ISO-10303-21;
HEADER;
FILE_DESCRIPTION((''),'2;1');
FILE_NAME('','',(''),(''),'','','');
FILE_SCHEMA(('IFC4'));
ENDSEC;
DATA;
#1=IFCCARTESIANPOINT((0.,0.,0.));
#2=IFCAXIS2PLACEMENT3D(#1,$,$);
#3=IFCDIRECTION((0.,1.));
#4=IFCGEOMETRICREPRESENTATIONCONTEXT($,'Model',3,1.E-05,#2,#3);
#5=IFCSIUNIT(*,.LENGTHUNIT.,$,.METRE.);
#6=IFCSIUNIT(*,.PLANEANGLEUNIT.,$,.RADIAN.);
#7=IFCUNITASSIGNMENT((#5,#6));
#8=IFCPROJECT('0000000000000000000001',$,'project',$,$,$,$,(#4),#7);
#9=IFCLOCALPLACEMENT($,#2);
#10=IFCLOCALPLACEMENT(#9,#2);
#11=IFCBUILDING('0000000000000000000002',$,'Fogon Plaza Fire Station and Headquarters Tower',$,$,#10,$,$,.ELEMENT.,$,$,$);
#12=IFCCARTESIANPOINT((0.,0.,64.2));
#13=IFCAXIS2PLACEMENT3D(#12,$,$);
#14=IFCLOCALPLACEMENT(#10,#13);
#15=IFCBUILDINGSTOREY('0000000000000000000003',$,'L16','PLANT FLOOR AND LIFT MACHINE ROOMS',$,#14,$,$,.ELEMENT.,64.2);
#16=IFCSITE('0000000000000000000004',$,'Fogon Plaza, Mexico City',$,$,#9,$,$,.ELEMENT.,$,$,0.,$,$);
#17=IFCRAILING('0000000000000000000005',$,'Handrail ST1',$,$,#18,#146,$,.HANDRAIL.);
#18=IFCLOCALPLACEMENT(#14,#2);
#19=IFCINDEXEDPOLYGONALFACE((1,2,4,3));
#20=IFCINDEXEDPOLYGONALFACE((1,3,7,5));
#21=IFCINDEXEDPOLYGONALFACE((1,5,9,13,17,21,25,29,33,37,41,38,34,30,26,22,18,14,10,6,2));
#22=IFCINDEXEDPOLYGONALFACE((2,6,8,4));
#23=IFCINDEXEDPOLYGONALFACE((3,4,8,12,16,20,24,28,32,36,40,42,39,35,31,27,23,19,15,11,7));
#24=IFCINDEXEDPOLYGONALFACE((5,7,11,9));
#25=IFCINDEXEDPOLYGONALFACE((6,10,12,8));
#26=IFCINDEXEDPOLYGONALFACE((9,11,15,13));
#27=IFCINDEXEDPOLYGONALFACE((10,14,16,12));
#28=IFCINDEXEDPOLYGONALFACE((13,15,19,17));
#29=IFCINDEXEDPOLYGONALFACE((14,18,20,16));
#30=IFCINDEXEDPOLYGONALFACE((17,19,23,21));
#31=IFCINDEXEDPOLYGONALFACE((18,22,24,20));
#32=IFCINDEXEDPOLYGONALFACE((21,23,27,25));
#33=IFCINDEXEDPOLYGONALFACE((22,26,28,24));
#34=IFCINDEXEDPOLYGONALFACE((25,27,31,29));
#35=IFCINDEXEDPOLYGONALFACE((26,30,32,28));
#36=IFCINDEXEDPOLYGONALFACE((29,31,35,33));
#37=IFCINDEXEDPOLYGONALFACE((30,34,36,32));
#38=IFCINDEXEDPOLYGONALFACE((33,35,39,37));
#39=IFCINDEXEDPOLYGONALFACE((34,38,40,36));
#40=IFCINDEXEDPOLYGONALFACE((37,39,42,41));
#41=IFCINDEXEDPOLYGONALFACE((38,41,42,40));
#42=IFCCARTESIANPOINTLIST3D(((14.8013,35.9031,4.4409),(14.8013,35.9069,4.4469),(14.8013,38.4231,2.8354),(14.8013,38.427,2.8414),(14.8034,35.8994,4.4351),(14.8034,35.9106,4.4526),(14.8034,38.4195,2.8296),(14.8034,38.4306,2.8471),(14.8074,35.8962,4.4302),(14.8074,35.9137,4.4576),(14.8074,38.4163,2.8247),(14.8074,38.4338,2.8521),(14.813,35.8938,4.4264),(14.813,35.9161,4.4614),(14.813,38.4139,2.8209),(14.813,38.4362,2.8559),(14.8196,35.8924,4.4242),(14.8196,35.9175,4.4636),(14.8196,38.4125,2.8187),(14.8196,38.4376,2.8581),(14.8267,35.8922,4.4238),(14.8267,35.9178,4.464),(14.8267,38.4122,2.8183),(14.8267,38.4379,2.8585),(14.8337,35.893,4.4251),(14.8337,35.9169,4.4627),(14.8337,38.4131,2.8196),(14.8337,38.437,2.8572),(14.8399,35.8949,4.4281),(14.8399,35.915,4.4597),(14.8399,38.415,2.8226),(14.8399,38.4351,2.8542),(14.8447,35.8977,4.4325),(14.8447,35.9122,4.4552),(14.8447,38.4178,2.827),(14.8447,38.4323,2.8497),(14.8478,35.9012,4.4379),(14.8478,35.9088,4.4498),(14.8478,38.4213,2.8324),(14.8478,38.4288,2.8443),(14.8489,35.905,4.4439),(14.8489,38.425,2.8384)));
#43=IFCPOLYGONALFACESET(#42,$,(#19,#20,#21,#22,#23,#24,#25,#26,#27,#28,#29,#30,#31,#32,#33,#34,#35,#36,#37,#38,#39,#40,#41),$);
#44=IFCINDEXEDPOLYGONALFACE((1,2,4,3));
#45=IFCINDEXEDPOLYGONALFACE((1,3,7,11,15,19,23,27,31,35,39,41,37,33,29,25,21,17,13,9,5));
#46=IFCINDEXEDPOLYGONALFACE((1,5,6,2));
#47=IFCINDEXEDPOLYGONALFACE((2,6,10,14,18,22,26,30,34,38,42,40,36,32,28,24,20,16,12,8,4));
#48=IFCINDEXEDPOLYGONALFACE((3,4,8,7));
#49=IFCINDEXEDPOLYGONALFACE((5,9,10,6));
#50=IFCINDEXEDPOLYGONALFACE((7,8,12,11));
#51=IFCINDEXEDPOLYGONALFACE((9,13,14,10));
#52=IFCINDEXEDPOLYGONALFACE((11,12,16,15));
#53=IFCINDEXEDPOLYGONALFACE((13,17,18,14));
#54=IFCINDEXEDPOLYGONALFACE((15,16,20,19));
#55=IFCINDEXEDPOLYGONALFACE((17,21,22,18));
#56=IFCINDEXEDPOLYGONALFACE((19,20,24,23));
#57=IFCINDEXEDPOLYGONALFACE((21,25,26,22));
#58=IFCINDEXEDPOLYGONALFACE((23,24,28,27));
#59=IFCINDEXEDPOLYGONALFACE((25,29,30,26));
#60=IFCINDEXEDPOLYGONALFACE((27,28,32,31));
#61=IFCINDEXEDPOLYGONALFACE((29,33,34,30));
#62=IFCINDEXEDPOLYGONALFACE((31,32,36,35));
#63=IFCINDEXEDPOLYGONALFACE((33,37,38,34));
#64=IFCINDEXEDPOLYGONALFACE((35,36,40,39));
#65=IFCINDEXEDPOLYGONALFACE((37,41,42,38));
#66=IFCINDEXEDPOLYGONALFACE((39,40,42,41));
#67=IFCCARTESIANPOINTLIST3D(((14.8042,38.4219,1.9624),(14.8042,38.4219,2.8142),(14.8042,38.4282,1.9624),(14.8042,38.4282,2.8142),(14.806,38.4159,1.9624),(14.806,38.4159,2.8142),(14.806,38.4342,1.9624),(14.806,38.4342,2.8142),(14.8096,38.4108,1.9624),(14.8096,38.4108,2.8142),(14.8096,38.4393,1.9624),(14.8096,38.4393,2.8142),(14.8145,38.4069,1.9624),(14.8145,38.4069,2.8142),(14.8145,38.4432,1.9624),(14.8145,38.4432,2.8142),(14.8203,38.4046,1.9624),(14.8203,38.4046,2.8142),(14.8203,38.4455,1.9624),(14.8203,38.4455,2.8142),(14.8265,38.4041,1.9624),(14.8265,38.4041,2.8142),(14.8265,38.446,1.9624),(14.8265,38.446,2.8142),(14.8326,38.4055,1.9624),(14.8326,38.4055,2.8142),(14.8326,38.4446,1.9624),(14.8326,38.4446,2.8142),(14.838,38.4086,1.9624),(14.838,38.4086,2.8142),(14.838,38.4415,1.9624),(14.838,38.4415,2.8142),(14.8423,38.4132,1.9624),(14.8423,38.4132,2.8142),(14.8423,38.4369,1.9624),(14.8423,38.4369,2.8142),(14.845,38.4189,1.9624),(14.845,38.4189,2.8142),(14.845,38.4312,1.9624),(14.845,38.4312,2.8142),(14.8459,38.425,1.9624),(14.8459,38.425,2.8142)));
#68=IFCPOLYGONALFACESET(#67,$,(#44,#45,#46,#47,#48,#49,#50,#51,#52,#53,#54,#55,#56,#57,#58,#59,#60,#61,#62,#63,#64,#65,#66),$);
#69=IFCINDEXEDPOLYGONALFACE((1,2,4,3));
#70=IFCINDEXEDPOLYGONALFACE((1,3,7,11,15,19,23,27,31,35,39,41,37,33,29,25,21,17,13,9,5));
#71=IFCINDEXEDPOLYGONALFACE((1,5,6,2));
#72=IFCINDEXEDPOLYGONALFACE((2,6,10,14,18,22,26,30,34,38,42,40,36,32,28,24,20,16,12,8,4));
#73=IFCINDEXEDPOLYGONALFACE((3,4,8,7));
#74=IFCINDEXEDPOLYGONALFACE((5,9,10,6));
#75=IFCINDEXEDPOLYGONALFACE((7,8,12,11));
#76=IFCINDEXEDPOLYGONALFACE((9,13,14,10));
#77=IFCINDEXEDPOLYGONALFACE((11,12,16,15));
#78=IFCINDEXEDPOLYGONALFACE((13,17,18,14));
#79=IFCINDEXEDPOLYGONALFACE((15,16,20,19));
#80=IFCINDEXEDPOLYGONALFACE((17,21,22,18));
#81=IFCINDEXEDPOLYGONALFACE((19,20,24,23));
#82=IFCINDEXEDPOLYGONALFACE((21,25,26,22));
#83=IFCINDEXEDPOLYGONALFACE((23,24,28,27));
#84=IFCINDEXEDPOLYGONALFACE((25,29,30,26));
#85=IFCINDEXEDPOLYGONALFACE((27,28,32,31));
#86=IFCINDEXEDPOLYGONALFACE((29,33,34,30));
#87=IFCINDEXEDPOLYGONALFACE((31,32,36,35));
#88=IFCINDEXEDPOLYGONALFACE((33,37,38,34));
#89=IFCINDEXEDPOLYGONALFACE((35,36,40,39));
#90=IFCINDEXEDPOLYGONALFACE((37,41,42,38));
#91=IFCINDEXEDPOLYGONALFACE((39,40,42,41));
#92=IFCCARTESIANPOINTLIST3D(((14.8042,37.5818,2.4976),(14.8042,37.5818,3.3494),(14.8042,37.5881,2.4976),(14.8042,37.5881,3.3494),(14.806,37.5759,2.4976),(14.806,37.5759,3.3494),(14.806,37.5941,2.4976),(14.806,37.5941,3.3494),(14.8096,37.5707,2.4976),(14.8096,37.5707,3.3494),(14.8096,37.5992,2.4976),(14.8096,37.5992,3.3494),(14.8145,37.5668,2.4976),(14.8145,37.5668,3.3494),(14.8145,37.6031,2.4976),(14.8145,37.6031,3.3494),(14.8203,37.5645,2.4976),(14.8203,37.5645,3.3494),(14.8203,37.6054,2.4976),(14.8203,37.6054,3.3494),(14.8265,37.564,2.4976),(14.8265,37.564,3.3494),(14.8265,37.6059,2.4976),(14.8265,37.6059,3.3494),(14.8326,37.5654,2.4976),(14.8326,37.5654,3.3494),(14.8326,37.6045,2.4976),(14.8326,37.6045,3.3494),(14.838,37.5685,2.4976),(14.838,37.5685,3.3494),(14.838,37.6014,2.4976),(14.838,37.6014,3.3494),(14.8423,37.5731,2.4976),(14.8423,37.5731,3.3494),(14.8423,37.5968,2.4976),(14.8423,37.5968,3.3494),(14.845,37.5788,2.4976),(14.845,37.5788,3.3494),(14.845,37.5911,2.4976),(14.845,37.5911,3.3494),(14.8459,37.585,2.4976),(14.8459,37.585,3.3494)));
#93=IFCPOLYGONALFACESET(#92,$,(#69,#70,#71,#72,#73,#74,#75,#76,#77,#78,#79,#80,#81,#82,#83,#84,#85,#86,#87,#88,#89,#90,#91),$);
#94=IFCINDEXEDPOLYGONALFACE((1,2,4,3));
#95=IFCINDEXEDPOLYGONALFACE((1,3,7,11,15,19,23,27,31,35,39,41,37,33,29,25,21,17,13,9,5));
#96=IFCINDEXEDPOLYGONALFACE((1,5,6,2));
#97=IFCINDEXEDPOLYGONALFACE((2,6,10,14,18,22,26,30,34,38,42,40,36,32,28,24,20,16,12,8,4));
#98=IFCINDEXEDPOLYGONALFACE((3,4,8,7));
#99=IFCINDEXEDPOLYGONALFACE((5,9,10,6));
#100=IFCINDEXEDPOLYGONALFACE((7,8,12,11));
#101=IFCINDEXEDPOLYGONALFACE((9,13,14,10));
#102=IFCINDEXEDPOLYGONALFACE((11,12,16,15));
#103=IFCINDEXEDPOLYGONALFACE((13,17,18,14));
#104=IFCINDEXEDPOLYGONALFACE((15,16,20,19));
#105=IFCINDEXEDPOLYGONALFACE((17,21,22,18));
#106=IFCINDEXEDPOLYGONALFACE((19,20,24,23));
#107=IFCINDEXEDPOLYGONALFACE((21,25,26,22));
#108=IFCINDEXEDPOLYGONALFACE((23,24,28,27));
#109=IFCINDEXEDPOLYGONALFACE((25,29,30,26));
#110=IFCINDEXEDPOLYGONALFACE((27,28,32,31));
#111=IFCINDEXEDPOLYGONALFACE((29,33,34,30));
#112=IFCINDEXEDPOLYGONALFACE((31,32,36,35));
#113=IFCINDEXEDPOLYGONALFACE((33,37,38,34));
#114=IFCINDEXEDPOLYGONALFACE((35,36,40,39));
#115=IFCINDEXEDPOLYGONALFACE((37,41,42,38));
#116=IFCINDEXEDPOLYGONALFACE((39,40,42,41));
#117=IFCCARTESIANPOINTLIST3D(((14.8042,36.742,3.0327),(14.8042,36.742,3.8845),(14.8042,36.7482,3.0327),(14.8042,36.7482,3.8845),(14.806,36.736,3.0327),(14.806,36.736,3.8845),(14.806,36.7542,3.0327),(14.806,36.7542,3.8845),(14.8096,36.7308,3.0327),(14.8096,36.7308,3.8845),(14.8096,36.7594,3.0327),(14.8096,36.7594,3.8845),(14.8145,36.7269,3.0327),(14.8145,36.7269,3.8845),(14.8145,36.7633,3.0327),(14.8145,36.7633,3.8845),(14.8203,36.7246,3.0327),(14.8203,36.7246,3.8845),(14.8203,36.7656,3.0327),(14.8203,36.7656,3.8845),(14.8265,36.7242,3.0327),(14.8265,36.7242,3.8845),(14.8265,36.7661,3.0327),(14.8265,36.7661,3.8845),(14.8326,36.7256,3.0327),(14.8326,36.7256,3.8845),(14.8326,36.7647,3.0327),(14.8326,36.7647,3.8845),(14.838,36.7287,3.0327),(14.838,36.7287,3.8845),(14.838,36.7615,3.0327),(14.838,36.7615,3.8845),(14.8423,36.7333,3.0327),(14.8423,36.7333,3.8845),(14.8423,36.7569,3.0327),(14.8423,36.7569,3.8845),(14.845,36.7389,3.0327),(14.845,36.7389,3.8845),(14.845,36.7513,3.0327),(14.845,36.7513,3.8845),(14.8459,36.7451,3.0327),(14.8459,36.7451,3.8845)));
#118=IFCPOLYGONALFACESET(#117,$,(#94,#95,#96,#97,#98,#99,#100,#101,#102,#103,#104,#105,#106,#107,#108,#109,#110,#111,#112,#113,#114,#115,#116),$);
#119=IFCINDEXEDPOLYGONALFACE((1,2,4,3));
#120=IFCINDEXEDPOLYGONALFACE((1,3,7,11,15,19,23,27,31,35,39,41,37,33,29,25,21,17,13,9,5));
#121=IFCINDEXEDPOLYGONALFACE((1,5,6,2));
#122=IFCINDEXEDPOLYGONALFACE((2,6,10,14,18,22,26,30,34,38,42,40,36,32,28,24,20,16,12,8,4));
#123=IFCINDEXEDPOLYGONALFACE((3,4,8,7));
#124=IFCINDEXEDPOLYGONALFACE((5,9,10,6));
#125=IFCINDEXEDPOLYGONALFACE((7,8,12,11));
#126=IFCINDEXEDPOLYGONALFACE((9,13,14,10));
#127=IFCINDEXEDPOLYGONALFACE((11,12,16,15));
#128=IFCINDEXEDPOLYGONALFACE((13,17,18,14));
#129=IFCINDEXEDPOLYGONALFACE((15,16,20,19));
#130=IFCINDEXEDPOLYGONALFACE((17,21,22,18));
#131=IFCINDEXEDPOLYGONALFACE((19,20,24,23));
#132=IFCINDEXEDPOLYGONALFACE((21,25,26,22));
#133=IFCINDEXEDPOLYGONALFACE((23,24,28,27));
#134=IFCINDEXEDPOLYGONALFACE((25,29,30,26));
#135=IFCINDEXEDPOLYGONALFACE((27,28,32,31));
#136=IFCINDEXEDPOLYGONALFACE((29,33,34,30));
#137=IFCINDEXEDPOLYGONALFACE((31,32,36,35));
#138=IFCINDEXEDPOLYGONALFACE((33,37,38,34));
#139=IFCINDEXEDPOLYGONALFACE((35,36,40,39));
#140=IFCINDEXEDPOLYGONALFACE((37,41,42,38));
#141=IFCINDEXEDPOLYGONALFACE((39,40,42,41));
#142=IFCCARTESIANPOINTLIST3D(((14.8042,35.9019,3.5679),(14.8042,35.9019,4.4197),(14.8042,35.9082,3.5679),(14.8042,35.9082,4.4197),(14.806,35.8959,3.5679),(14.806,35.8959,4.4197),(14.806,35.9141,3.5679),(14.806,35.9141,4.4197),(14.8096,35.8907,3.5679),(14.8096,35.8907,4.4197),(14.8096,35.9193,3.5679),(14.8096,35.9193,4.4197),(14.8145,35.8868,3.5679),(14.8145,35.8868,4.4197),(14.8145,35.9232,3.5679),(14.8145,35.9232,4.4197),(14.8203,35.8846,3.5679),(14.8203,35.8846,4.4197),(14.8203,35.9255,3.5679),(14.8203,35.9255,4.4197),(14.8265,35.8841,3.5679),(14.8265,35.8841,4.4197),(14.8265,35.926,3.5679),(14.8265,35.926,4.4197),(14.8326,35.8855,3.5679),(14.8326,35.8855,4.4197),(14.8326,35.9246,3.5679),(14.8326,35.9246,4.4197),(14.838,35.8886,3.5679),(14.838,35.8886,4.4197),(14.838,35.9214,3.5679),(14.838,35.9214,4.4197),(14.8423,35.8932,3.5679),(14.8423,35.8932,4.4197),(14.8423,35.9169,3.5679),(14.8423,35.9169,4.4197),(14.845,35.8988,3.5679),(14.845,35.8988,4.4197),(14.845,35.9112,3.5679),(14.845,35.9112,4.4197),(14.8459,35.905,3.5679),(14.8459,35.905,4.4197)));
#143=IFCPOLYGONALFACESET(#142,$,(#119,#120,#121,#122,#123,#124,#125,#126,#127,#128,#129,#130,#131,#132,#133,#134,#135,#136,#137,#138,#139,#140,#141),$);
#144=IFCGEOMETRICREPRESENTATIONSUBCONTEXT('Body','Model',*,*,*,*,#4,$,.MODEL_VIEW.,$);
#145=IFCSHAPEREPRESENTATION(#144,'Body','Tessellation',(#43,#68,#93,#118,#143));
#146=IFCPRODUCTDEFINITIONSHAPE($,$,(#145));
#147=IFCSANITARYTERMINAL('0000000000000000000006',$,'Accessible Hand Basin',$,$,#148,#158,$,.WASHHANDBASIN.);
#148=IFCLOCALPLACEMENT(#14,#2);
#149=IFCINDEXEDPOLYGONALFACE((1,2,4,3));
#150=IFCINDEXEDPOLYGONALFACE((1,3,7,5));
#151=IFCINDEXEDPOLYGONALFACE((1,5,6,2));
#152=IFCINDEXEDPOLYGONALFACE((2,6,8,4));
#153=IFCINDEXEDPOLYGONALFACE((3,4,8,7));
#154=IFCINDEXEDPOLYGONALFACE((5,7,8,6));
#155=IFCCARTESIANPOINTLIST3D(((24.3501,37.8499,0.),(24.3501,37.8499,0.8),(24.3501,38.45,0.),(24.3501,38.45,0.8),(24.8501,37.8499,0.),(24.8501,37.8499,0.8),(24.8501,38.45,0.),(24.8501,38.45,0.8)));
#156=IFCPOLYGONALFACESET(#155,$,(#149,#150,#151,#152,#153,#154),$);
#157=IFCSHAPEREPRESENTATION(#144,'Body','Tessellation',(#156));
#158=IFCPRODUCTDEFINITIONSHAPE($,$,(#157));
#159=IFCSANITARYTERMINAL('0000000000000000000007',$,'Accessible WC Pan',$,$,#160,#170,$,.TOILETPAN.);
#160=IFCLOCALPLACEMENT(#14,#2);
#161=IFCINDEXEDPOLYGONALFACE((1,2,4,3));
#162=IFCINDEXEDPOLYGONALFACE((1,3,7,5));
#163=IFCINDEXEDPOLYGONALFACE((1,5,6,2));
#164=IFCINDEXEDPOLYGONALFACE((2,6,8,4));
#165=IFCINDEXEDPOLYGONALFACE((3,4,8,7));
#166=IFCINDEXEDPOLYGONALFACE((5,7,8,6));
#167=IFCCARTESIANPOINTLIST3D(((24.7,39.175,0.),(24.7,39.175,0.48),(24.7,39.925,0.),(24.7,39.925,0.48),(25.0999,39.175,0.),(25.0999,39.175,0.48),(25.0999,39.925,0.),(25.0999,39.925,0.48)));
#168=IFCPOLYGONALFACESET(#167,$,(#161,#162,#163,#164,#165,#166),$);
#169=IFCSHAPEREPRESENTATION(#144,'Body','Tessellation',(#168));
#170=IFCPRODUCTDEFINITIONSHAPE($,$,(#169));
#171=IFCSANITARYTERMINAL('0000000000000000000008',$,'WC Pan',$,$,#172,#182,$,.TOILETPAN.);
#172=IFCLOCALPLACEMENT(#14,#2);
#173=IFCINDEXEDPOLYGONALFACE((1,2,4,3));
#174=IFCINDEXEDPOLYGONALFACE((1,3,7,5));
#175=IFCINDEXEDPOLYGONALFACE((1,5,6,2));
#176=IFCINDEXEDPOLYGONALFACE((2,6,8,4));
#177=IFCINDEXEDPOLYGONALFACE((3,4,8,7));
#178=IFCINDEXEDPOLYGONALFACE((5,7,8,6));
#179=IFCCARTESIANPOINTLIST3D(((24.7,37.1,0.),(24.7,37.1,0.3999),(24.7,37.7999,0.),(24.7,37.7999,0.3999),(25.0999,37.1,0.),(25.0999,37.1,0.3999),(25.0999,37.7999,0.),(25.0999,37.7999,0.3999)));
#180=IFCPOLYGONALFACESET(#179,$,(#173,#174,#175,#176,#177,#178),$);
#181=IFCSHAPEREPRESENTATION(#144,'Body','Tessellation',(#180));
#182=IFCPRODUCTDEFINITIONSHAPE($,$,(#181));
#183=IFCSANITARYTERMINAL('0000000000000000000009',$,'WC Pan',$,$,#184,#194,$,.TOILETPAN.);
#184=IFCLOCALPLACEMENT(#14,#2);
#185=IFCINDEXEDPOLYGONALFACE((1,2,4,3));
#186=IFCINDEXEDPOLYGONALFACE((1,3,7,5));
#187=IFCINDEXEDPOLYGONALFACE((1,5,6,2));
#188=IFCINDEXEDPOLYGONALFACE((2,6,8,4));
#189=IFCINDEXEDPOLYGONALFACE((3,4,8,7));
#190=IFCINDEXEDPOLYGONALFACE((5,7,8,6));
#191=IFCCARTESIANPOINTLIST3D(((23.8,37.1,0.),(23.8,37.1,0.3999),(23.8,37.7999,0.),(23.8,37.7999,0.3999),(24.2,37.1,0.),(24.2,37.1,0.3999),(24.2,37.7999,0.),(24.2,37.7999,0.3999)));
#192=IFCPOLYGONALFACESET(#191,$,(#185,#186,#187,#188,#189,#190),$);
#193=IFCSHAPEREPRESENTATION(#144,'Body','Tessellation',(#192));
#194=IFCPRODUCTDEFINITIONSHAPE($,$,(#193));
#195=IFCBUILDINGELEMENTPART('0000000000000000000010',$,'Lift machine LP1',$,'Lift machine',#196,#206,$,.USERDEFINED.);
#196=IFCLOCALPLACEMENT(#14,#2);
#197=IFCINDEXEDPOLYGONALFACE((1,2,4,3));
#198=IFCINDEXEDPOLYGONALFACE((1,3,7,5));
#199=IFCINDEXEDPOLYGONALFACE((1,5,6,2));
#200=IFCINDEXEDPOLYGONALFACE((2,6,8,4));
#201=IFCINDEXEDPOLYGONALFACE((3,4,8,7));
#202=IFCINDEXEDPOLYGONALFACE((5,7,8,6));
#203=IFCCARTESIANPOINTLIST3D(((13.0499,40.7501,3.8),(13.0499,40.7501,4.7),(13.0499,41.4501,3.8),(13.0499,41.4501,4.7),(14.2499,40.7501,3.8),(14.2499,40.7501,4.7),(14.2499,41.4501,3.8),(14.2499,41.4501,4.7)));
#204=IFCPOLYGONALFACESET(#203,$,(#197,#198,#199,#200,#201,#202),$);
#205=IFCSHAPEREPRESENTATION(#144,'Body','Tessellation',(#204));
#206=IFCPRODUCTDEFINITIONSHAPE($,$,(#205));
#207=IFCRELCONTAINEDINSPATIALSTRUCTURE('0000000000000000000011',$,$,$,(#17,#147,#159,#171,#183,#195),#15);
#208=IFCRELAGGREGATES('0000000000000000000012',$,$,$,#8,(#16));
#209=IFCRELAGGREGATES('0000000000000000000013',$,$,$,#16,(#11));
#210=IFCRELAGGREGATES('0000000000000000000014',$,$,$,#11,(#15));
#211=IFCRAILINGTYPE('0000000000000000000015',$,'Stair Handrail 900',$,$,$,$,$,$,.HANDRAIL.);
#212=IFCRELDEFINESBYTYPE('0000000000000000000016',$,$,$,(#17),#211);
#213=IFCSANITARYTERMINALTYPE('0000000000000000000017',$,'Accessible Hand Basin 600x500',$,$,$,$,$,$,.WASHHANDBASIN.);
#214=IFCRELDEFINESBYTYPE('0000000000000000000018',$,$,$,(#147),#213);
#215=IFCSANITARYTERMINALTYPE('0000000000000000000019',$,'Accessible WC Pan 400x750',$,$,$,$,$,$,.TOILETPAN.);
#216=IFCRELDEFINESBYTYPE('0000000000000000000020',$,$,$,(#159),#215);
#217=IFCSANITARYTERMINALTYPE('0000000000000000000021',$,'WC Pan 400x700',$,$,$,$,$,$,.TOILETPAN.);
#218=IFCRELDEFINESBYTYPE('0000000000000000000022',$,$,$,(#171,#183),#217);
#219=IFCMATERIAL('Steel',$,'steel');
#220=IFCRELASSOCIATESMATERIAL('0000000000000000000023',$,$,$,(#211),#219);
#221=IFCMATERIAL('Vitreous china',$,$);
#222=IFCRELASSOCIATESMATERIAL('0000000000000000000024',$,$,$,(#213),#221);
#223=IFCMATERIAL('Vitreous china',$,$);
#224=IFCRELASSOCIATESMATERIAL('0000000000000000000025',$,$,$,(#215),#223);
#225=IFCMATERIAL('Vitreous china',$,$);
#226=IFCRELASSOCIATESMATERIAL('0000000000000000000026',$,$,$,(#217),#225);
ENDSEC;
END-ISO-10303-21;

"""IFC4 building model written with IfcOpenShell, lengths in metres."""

from ifc_helpers import new_model, si_unit, direction, frame, origin, origin_2d, place, context, subcontext, project, spatial, rectangle, circle, extrude, material, type_object, element, save


model = new_model("IFC4")

# Units and contexts
model_context = context("Model", 3, precision=1e-05, world=origin(), true_north=direction((0.0, 1.0)))
body_context = subcontext(model_context, "Body", "Model", "MODEL_VIEW")
ifc_project = project(units=[si_unit("LENGTHUNIT", "METRE"), si_unit("PLANEANGLEUNIT", "RADIAN")], contexts=[model_context])

# Site, building, storey
site_placement = place(None, origin())
site = spatial("IfcSite", under=ifc_project, at=site_placement, Name="Fogon Plaza, Mexico City", CompositionType="ELEMENT", RefElevation=0.0)
building_placement = place(site_placement, origin())
building = spatial("IfcBuilding", under=site, at=building_placement, Name="Fogon Plaza Fire Station and Headquarters Tower", CompositionType="ELEMENT")
storey_placement = place(building_placement, frame((0.0, 0.0, 64.2)))
storey = spatial("IfcBuildingStorey", under=building, at=storey_placement, Name="L16", Description="PLANT FLOOR AND LIFT MACHINE ROOMS", CompositionType="ELEMENT", Elevation=64.2)

# Railing
ifc_material_1 = material(Name="Steel", Category="steel")
railing_type = type_object("IfcRailingType", Name="Stair Handrail 900", PredefinedType="HANDRAIL", material=ifc_material_1)
for number, where, name in (
    (1, (14.825, 38.425, 1.9624), "Handrail ST1"),
):
    element("IfcRailing", number, at=place(storey_placement, frame(where)), inside=storey, type_object=railing_type, Name=name, PredefinedType="HANDRAIL", context=body_context, shape_type="SweptSolid", body=[
        extrude(circle(Radius=0.0239, at=origin_2d()), frame((0.0, 0.0, 0.876), z_axis=(0.0, -0.843385, 0.537309), x_axis=(1.0, 0.0, 0.0)), (0.0, 0.0, 1.0), 2.988),
        extrude(circle(Radius=0.021, at=origin_2d()), origin(), (0.0, 0.0, 1.0), 0.8518),
        extrude(circle(Radius=0.021, at=origin_2d()), frame((0.0, -0.8401, 0.5352)), (0.0, 0.0, 1.0), 0.8518),
        extrude(circle(Radius=0.021, at=origin_2d()), frame((0.0, -1.6799, 1.0703)), (0.0, 0.0, 1.0), 0.8518),
        extrude(circle(Radius=0.021, at=origin_2d()), frame((0.0, -2.52, 1.6055)), (0.0, 0.0, 1.0), 0.8518),
    ])

# Sanitary terminals
ifc_material_2 = material(Name="Vitreous china")
sanitary_terminal_type_1 = type_object("IfcSanitaryTerminalType", Name="Accessible Hand Basin 600x500", PredefinedType="WASHHANDBASIN", material=ifc_material_2)
sanitary_terminal_1_placement = place(storey_placement, frame((24.6001, 38.1499, 0.0), z_axis=(0.0, 0.0, 1.0), x_axis=(1.0, 0.0, 0.0)))
element("IfcSanitaryTerminal", 2, at=sanitary_terminal_1_placement, inside=storey, type_object=sanitary_terminal_type_1, Name="Accessible Hand Basin", PredefinedType="WASHHANDBASIN", context=body_context, shape_type="SweptSolid", body=[
    extrude(rectangle(XDim=0.5, YDim=0.6001, at=origin_2d()), origin(), (0.0, 0.0, 1.0), 0.8),
])
ifc_material_3 = material(Name="Vitreous china")
sanitary_terminal_type_2 = type_object("IfcSanitaryTerminalType", Name="Accessible WC Pan 400x750", PredefinedType="TOILETPAN", material=ifc_material_3)
sanitary_terminal_2_placement = place(storey_placement, frame((24.8999, 39.55, 0.0), z_axis=(0.0, 0.0, 1.0), x_axis=(1.0, 0.0, 0.0)))
element("IfcSanitaryTerminal", 3, at=sanitary_terminal_2_placement, inside=storey, type_object=sanitary_terminal_type_2, Name="Accessible WC Pan", PredefinedType="TOILETPAN", context=body_context, shape_type="SweptSolid", body=[
    extrude(rectangle(XDim=0.3999, YDim=0.75, at=origin_2d()), origin(), (0.0, 0.0, 1.0), 0.48),
])
ifc_material_4 = material(Name="Vitreous china")
sanitary_terminal_type_3 = type_object("IfcSanitaryTerminalType", Name="WC Pan 400x700", PredefinedType="TOILETPAN", material=ifc_material_4)
for number, where, z_axis, x_axis, name in (
    (4, (24.8999, 37.45, 0.0), (0.0, 0.0, 1.0), (1.0, 0.0, 0.0), "WC Pan"),
    (5, (24.0, 37.45, 0.0), (0.0, 0.0, 1.0), (1.0, 0.0, 0.0), "WC Pan"),
):
    element("IfcSanitaryTerminal", number, at=place(storey_placement, frame(where, z_axis=z_axis, x_axis=x_axis)), inside=storey, type_object=sanitary_terminal_type_3, Name=name, PredefinedType="TOILETPAN", context=body_context, shape_type="SweptSolid", body=[
        extrude(rectangle(XDim=0.3999, YDim=0.7, at=origin_2d()), origin(), (0.0, 0.0, 1.0), 0.3999),
    ])

# Building element part
for number, where, z_axis, x_axis, name in (
    (6, (13.6499, 41.1001, 3.8), (0.0, 0.0, 1.0), (1.0, 0.0, 0.0), "Lift machine LP1"),
):
    element("IfcBuildingElementPart", number, at=place(storey_placement, frame(where, z_axis=z_axis, x_axis=x_axis)), inside=storey, Name=name, ObjectType="Lift machine", PredefinedType="USERDEFINED", context=body_context, shape_type="SweptSolid", body=[
        extrude(rectangle(XDim=1.2, YDim=0.7, at=origin_2d()), origin(), (0.0, 0.0, 1.0), 0.8999),
    ])

save(model, "model.ifc")
